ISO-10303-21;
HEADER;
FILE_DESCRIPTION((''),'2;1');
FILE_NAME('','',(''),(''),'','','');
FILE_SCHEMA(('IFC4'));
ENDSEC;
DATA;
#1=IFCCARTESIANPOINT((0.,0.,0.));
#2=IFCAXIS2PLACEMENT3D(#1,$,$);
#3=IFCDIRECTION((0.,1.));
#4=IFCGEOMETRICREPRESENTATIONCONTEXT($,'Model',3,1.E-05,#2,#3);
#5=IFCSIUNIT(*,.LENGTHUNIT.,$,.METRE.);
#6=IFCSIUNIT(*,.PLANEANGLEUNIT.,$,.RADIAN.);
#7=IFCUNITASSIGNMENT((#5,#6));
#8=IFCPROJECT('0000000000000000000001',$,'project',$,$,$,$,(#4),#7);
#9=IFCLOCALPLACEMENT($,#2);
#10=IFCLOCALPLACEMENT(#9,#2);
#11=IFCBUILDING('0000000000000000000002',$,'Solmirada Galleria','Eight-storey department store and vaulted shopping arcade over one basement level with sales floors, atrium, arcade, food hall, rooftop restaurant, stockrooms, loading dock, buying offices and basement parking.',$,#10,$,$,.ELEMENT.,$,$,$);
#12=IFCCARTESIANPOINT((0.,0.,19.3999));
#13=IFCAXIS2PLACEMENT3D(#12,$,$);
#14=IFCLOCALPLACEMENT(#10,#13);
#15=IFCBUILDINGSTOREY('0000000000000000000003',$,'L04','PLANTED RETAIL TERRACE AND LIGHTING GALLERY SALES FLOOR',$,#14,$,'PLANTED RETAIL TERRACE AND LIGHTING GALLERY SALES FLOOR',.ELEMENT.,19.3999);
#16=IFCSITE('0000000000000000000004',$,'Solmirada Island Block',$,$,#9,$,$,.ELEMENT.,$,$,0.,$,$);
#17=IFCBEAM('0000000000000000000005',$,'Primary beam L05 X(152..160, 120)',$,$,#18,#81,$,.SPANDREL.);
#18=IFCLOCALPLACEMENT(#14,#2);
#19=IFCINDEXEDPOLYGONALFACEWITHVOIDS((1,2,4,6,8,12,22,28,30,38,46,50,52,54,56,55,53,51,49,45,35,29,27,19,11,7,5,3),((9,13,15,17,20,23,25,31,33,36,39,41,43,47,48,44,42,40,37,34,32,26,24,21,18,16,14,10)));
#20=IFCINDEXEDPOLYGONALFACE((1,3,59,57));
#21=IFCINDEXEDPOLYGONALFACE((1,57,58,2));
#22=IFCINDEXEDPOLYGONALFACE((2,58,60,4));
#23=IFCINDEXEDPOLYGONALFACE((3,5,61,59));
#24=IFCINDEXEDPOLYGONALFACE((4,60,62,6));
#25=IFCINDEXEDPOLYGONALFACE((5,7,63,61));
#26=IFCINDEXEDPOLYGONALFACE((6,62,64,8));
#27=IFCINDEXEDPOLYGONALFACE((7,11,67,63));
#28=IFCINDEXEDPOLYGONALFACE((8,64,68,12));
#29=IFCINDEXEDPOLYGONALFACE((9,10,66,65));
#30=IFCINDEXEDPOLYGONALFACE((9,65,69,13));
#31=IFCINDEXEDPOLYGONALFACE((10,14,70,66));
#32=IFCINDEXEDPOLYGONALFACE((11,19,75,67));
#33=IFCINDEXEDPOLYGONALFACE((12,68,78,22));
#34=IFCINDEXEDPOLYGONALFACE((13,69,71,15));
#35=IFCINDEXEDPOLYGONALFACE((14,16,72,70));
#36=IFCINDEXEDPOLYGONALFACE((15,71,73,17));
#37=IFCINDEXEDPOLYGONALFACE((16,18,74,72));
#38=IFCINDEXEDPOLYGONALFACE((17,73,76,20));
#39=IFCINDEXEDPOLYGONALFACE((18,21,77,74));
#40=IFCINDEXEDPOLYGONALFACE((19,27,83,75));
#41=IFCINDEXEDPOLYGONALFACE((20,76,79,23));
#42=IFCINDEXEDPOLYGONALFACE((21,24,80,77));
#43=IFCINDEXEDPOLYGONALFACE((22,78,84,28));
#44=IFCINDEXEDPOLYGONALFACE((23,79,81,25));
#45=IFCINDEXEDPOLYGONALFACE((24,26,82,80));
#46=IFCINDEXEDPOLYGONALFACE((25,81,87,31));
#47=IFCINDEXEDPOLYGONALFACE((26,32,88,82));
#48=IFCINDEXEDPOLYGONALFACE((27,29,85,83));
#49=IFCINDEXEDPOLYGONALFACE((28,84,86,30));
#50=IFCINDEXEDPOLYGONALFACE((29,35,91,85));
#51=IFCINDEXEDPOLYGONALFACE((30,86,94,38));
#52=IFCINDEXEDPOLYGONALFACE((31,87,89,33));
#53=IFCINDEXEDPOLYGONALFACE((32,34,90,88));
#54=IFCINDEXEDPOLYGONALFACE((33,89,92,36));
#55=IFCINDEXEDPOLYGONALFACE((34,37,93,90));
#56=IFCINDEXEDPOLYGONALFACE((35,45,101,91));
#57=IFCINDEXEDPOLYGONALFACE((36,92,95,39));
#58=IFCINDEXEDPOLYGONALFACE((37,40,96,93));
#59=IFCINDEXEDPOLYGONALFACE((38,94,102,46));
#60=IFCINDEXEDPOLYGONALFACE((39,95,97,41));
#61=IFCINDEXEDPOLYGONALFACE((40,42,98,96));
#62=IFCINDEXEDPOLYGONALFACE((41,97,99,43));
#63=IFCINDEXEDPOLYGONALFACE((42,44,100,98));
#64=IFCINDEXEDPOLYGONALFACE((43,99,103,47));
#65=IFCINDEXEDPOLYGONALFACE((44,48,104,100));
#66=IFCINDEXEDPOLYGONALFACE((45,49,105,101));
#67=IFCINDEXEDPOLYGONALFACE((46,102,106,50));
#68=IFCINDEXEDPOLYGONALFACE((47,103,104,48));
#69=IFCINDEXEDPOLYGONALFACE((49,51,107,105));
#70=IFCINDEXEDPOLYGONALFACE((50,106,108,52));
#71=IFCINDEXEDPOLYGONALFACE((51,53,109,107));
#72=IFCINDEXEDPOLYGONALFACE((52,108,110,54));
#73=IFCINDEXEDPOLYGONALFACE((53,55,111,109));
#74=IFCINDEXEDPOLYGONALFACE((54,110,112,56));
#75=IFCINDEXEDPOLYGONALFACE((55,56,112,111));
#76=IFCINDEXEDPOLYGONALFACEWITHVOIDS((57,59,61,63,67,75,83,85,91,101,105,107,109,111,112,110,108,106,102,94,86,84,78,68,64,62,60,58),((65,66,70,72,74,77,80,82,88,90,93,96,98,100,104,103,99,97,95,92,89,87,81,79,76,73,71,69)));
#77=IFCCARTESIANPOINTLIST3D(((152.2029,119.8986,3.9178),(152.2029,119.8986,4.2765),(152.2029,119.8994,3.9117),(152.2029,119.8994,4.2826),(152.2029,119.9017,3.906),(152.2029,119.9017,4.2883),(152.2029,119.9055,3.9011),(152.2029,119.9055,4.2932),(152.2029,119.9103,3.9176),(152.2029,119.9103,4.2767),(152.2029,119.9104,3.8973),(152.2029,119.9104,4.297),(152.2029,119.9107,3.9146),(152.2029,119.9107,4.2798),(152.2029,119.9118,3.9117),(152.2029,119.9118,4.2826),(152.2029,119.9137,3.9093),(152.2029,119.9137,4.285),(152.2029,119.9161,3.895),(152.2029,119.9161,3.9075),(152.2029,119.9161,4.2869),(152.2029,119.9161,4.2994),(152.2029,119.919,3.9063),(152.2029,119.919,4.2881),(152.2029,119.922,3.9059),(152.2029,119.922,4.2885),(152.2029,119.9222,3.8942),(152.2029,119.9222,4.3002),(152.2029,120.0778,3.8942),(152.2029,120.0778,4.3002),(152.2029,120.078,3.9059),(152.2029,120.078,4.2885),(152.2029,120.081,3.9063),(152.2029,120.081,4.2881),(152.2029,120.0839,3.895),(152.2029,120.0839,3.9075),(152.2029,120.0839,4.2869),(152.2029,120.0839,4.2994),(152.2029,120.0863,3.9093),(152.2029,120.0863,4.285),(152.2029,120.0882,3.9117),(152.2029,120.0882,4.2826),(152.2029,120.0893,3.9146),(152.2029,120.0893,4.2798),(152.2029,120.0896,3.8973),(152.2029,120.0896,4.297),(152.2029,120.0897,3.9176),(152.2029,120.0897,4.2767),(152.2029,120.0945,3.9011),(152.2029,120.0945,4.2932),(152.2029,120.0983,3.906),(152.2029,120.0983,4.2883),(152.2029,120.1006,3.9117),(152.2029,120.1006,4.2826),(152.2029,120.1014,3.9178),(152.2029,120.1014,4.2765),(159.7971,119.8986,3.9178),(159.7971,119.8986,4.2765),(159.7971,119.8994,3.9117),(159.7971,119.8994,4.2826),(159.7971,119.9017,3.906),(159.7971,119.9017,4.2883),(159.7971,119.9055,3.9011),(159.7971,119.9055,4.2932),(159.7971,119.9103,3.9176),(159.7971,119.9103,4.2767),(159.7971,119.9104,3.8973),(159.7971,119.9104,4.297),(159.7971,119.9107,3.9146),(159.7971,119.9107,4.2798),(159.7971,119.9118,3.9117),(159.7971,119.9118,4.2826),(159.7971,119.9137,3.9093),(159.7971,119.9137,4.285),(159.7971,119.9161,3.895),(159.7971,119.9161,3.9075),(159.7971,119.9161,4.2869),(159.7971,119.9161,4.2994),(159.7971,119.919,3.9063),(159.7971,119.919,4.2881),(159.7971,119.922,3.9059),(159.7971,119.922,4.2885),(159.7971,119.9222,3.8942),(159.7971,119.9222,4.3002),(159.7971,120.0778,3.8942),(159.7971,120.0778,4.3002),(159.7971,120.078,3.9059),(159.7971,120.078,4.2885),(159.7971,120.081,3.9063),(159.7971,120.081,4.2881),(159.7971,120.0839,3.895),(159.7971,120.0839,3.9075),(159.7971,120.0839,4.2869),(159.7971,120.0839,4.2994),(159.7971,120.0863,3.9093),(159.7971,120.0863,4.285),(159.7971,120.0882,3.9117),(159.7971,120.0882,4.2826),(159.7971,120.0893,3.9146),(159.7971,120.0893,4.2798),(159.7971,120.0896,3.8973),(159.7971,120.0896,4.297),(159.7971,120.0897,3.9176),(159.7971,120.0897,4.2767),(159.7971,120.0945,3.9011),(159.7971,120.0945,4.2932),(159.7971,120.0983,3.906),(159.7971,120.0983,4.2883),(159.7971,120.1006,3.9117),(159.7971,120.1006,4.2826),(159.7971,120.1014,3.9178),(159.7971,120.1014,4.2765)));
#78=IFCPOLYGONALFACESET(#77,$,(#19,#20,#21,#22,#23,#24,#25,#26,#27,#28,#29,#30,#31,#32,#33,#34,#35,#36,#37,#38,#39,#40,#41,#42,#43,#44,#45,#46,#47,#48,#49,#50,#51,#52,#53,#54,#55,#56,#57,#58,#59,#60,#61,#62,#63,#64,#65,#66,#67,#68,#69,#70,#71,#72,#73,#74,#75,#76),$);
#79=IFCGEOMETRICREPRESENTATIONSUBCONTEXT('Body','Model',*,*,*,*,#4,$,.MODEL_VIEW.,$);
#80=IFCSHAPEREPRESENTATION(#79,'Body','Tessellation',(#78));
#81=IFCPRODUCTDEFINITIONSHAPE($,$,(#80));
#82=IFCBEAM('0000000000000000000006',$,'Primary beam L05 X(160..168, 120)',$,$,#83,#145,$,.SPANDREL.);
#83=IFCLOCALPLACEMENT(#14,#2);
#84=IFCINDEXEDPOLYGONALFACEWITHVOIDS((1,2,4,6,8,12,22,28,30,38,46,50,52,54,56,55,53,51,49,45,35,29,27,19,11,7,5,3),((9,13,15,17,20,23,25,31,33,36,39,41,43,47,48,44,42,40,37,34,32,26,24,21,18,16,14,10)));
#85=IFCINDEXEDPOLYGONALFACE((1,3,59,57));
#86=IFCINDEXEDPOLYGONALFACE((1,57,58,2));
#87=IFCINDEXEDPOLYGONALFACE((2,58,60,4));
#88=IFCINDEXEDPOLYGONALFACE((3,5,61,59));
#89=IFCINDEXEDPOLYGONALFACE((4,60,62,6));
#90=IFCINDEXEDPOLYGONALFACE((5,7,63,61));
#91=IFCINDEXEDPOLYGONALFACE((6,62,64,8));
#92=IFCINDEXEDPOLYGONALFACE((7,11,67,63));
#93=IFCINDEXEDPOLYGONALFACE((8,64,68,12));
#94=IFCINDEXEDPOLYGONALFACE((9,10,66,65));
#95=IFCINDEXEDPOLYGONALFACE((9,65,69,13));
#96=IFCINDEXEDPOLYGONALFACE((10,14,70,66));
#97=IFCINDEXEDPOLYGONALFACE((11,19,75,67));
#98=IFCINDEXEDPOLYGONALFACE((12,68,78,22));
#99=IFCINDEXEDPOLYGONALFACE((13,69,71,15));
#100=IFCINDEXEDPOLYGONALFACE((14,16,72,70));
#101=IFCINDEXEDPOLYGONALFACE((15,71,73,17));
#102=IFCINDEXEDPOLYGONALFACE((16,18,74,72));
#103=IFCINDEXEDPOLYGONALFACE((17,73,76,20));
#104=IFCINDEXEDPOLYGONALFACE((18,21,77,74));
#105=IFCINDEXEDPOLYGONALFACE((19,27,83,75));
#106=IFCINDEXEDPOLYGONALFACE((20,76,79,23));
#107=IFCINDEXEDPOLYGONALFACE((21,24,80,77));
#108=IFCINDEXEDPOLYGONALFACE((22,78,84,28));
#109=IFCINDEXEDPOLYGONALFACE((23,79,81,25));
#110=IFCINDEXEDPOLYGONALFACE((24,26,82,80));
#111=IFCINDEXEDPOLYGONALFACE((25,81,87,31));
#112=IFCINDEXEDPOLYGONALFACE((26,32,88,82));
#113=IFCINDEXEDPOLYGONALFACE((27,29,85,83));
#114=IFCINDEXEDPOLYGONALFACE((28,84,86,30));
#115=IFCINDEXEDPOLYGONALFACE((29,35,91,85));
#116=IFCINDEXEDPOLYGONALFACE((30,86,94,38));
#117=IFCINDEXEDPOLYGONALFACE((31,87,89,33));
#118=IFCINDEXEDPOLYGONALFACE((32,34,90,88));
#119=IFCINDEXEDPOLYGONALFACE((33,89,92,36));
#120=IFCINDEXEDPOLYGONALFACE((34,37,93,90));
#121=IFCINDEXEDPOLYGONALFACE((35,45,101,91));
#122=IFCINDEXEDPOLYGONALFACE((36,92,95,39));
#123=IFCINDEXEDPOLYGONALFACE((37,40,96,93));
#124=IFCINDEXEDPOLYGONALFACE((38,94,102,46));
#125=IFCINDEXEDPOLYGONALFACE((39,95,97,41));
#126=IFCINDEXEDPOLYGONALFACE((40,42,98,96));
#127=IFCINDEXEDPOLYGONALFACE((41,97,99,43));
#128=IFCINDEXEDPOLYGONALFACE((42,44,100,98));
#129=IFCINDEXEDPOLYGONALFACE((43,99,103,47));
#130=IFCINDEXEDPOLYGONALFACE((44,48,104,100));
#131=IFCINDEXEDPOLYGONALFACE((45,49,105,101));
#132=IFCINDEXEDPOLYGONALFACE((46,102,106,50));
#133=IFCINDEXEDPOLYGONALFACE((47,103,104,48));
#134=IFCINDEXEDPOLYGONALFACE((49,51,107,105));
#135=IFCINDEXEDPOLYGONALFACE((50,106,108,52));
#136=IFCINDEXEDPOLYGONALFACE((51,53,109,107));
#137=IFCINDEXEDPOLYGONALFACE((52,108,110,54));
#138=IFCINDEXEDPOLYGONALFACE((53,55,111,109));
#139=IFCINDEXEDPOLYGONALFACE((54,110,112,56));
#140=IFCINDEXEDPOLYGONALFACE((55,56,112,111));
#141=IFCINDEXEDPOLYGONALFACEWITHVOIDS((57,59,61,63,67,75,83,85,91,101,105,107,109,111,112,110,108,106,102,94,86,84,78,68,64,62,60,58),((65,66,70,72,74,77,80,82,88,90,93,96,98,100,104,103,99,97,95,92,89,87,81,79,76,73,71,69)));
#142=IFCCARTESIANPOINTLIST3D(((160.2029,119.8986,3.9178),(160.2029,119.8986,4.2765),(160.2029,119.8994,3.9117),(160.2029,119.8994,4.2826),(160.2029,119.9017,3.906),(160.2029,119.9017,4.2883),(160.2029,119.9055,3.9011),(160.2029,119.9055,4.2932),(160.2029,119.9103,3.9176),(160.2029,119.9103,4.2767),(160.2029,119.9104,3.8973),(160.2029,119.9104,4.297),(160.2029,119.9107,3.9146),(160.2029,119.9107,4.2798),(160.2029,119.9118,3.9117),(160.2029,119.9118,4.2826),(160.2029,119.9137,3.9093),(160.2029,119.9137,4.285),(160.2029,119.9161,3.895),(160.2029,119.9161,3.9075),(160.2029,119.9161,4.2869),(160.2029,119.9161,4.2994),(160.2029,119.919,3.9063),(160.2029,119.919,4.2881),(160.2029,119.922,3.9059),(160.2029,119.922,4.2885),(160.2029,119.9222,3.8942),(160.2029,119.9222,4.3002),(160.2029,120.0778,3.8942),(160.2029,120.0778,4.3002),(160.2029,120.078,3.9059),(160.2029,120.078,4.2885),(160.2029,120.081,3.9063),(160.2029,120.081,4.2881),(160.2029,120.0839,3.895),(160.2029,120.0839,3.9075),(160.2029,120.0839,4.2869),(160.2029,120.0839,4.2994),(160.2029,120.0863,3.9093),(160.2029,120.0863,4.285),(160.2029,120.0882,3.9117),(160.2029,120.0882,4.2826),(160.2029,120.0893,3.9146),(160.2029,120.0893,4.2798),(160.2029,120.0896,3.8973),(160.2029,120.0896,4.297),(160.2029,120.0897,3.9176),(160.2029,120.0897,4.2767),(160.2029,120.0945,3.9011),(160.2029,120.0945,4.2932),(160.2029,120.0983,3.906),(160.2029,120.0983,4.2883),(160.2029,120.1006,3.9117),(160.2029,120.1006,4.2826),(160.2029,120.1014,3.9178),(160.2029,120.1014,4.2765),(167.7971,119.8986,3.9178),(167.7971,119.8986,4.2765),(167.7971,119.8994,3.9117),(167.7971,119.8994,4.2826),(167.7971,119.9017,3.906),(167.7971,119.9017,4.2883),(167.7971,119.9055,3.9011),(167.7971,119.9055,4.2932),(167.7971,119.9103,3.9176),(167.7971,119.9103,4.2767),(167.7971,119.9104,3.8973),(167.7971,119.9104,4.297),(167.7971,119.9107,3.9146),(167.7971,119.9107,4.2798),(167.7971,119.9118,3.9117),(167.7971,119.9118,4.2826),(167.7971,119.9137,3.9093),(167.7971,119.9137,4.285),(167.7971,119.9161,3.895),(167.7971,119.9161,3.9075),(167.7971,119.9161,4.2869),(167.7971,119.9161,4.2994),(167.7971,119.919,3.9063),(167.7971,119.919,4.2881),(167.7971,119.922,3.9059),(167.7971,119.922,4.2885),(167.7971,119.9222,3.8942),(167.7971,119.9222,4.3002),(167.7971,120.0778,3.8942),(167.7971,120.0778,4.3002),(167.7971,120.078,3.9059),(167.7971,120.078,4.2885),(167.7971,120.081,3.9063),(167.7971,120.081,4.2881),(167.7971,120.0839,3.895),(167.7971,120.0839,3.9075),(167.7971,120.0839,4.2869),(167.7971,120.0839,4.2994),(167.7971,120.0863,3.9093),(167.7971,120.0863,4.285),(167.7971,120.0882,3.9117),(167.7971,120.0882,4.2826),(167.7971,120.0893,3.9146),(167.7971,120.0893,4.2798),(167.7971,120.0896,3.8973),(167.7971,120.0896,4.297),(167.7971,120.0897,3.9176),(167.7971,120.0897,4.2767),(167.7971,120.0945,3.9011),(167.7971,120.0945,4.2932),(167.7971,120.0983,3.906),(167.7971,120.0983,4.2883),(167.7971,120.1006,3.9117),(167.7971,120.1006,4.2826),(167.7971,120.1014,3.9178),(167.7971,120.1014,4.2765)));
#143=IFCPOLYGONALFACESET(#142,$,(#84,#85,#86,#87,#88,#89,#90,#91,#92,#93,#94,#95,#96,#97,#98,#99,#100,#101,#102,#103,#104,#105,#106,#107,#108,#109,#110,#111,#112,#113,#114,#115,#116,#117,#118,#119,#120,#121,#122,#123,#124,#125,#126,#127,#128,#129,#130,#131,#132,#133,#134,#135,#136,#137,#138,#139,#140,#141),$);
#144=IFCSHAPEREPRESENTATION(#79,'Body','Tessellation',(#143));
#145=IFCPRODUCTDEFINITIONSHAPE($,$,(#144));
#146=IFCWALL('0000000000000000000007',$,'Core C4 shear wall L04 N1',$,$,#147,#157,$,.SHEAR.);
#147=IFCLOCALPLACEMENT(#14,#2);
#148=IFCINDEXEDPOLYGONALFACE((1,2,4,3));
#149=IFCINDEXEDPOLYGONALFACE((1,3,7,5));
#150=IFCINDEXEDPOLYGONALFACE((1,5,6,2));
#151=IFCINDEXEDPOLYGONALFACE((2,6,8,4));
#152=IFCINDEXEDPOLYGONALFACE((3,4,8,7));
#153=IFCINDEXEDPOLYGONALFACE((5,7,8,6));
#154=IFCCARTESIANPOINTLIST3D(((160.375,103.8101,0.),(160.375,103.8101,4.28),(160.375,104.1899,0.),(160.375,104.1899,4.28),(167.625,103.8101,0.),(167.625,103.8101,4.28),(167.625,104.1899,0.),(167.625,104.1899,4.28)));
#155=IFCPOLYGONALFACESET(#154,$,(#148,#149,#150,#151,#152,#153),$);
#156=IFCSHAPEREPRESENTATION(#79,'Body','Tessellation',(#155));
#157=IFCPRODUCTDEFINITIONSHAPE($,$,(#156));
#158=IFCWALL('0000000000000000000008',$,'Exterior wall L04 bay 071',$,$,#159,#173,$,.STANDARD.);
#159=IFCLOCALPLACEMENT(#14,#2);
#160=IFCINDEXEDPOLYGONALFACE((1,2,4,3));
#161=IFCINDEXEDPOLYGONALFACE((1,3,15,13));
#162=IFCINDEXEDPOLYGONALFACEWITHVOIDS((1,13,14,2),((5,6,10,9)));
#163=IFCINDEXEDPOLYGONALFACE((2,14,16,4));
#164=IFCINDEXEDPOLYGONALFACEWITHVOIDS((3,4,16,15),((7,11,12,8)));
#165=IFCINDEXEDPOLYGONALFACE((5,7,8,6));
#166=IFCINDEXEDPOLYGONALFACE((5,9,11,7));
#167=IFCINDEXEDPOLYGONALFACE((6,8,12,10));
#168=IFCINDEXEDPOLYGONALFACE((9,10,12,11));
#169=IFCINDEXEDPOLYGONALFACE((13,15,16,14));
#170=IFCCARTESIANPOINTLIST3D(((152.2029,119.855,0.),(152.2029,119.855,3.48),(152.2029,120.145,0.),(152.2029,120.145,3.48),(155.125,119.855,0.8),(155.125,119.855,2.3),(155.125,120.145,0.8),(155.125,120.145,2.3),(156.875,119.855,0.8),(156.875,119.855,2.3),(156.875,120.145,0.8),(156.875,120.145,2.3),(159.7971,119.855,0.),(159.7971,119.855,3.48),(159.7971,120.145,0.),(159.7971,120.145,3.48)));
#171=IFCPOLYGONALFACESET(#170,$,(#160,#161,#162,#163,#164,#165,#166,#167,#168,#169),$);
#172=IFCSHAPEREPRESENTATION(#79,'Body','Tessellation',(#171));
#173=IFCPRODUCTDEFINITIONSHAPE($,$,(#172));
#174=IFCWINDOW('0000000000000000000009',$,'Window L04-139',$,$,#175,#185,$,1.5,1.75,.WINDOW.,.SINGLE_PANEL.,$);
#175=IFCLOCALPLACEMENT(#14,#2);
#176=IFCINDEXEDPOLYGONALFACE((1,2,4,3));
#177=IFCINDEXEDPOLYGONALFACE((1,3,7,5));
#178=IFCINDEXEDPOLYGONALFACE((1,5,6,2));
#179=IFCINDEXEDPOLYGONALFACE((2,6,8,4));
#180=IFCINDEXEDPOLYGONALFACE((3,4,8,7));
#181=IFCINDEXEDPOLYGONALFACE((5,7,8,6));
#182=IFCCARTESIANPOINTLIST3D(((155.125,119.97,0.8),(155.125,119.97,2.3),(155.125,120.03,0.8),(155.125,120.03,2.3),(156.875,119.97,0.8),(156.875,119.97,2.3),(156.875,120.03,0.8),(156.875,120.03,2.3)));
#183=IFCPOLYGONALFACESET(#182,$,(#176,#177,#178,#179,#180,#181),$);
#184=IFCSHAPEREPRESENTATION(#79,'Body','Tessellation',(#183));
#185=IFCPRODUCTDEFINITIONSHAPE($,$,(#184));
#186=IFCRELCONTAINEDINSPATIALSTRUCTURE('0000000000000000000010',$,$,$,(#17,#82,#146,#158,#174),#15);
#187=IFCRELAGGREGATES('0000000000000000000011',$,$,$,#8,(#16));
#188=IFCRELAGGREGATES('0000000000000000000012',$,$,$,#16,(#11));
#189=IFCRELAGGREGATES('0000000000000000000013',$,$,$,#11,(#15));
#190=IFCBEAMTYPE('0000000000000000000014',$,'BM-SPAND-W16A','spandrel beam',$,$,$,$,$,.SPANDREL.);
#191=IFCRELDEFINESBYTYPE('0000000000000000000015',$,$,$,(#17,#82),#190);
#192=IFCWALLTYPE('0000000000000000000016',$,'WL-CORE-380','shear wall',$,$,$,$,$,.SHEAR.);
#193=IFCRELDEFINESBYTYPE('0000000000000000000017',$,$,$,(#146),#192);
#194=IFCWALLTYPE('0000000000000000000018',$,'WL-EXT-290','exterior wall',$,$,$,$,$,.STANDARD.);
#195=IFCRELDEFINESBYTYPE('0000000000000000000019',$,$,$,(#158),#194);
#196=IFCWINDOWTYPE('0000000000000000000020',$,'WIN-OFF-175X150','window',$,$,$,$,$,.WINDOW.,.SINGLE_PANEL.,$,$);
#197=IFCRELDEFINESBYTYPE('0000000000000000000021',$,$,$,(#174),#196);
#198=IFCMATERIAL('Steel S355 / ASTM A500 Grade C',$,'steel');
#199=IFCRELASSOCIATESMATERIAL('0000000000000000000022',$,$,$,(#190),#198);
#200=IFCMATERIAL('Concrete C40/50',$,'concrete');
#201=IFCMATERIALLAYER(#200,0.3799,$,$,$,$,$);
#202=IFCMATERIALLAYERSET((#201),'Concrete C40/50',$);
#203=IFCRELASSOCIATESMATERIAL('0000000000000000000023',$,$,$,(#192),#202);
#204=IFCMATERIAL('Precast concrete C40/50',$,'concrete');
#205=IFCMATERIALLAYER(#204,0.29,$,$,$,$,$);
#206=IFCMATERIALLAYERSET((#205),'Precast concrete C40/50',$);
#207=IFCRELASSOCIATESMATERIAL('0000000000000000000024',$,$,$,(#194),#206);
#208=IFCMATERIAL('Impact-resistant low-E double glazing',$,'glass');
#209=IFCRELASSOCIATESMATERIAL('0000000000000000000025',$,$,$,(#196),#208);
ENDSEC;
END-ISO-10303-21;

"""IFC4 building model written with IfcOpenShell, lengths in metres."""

from ifc_helpers import new_model, si_unit, direction, frame, frame_2d, origin, origin_2d, place, context, subcontext, project, spatial, rectangle, hollow_rectangle, extrude, material, layer, layer_set, material_profile, profile_set, type_object, element, fill, save


model = new_model("IFC4")

# Units and contexts
model_context = context("Model", 3, precision=1e-05, world=origin(), true_north=direction((0.0, 1.0)))
body_context = subcontext(model_context, "Body", "Model", "MODEL_VIEW")
ifc_project = project(units=[si_unit("LENGTHUNIT", "METRE"), si_unit("PLANEANGLEUNIT", "RADIAN")], contexts=[model_context])

# Site, building, storey
site_placement = place(None, origin())
site = spatial("IfcSite", under=ifc_project, at=site_placement, Name="Solmirada Island Block", CompositionType="ELEMENT", RefElevation=0.0)
building_placement = place(site_placement, origin())
building = spatial("IfcBuilding", under=site, at=building_placement, Name="Solmirada Galleria", Description="Eight-storey department store and vaulted shopping arcade over one basement level with sales floors, atrium, arcade, food hall, rooftop restaurant, stockrooms, loading dock, buying offices and basement parking.", CompositionType="ELEMENT")
storey_placement = place(building_placement, frame((0.0, 0.0, 19.3999)))
storey = spatial("IfcBuildingStorey", under=building, at=storey_placement, Name="L04", Description="PLANTED RETAIL TERRACE AND LIGHTING GALLERY SALES FLOOR", LongName="PLANTED RETAIL TERRACE AND LIGHTING GALLERY SALES FLOOR", CompositionType="ELEMENT", Elevation=19.3999)

# Shared definitions
ifc_material_1 = material(Name="Steel S355 / ASTM A500 Grade C", Category="steel")
ifc_material_2 = material(Name="Concrete C40/50", Category="concrete")

# Beams
ifc_material_profile_1 = material_profile(ifc_material_1, hollow_rectangle(XDim=0.2029, YDim=0.406, WallThickness=0.0117, InnerFilletRadius=0.0117, OuterFilletRadius=0.0237, at=origin_2d()), Name="HSS16X8X1/2")
ifc_profile_set_1 = profile_set([ifc_material_profile_1], Name="Steel S355 / ASTM A500 Grade C")
beam_type_1 = type_object("IfcBeamType", Name="BM-SPAND-W16A", Description="spandrel beam", PredefinedType="SPANDREL", material=ifc_profile_set_1)
for number, where, z_axis, x_axis, name in (
    (1, (152.2029, 120.0, 4.0972), (1.0, 0.0, 0.0), (0.0, 1.0, 0.0), "Primary beam L05 X(152..160, 120)"),
    (2, (160.2029, 120.0, 4.0972), (1.0, 0.0, 0.0), (0.0, 1.0, 0.0), "Primary beam L05 X(160..168, 120)"),
):
    element("IfcBeam", number, at=place(storey_placement, frame(where, z_axis=z_axis, x_axis=x_axis)), inside=storey, type_object=beam_type_1, Name=name, PredefinedType="SPANDREL", context=body_context, shape_type="SweptSolid", body=[
        extrude(hollow_rectangle(XDim=0.2029, YDim=0.406, WallThickness=0.0117, InnerFilletRadius=0.0117, OuterFilletRadius=0.0237, at=origin_2d()), origin(), (0.0, 0.0, 1.0), 7.5942),
    ])

# Wall
ifc_layer_1 = layer(ifc_material_2, 0.3799)
ifc_layer_set_1 = layer_set([ifc_layer_1], Name="Concrete C40/50")
wall_type_1 = type_object("IfcWallType", Name="WL-CORE-380", Description="shear wall", PredefinedType="SHEAR", material=ifc_layer_set_1)
wall_1_placement = place(storey_placement, frame((160.375, 104.0, 0.0), z_axis=(0.0, 0.0, 1.0), x_axis=(1.0, 0.0, 0.0)))
element("IfcWall", 3, at=wall_1_placement, inside=storey, type_object=wall_type_1, Name="Core C4 shear wall L04 N1", PredefinedType="SHEAR", context=body_context, shape_type="SweptSolid", body=[
    extrude(rectangle(XDim=7.25, YDim=0.3799, at=frame_2d((3.625, 0.0))), origin(), (0.0, 0.0, 1.0), 4.28),
])

# Wall, opening, window
ifc_material_3 = material(Name="Precast concrete C40/50", Category="concrete")
ifc_layer_2 = layer(ifc_material_3, 0.29)
ifc_layer_set_2 = layer_set([ifc_layer_2], Name="Precast concrete C40/50")
wall_type_2 = type_object("IfcWallType", Name="WL-EXT-290", Description="exterior wall", PredefinedType="STANDARD", material=ifc_layer_set_2)
wall_2_placement = place(storey_placement, frame((152.2029, 120.0, 0.0), z_axis=(0.0, 0.0, 1.0), x_axis=(1.0, 0.0, 0.0)))
wall_2 = element("IfcWall", 4, at=wall_2_placement, inside=storey, type_object=wall_type_2, Name="Exterior wall L04 bay 071", PredefinedType="STANDARD", context=body_context, shape_type="SweptSolid", body=[
    extrude(rectangle(XDim=7.5942, YDim=0.29, at=frame_2d((3.7971, 0.0))), origin(), (0.0, 0.0, 1.0), 3.48),
])
opening_1_placement = place(wall_2_placement, frame((2.9221, 0.0, 0.8)))
opening_1 = element("IfcOpeningElement", 5, at=opening_1_placement, cuts=wall_2, PredefinedType="OPENING", context=body_context, shape_type="SweptSolid", body=[
    extrude(rectangle(XDim=1.75, YDim=1.5, at=frame_2d((0.875, 0.75))), frame((0.0, 0.155, 0.0), z_axis=(0.0, -1.0, 0.0), x_axis=(1.0, 0.0, 0.0)), (0.0, 0.0, 1.0), 0.3101),
])
ifc_material_4 = material(Name="Impact-resistant low-E double glazing", Category="glass")
window_type = type_object("IfcWindowType", Name="WIN-OFF-175X150", Description="window", PartitioningType="SINGLE_PANEL", PredefinedType="WINDOW", material=ifc_material_4)
window_1_placement = place(opening_1_placement, origin())
window_1 = element("IfcWindow", 6, at=window_1_placement, inside=storey, type_object=window_type, Name="Window L04-139", OverallHeight=1.5, OverallWidth=1.75, PartitioningType="SINGLE_PANEL", PredefinedType="WINDOW", context=body_context, shape_type="SweptSolid", body=[
    extrude(rectangle(XDim=1.75, YDim=1.5, at=frame_2d((0.875, 0.75))), frame((0.0, 0.03, 0.0), z_axis=(0.0, -1.0, 0.0), x_axis=(1.0, 0.0, 0.0)), (0.0, 0.0, 1.0), 0.0601),
])
fill(opening_1, window_1)

save(model, "model.ifc")
